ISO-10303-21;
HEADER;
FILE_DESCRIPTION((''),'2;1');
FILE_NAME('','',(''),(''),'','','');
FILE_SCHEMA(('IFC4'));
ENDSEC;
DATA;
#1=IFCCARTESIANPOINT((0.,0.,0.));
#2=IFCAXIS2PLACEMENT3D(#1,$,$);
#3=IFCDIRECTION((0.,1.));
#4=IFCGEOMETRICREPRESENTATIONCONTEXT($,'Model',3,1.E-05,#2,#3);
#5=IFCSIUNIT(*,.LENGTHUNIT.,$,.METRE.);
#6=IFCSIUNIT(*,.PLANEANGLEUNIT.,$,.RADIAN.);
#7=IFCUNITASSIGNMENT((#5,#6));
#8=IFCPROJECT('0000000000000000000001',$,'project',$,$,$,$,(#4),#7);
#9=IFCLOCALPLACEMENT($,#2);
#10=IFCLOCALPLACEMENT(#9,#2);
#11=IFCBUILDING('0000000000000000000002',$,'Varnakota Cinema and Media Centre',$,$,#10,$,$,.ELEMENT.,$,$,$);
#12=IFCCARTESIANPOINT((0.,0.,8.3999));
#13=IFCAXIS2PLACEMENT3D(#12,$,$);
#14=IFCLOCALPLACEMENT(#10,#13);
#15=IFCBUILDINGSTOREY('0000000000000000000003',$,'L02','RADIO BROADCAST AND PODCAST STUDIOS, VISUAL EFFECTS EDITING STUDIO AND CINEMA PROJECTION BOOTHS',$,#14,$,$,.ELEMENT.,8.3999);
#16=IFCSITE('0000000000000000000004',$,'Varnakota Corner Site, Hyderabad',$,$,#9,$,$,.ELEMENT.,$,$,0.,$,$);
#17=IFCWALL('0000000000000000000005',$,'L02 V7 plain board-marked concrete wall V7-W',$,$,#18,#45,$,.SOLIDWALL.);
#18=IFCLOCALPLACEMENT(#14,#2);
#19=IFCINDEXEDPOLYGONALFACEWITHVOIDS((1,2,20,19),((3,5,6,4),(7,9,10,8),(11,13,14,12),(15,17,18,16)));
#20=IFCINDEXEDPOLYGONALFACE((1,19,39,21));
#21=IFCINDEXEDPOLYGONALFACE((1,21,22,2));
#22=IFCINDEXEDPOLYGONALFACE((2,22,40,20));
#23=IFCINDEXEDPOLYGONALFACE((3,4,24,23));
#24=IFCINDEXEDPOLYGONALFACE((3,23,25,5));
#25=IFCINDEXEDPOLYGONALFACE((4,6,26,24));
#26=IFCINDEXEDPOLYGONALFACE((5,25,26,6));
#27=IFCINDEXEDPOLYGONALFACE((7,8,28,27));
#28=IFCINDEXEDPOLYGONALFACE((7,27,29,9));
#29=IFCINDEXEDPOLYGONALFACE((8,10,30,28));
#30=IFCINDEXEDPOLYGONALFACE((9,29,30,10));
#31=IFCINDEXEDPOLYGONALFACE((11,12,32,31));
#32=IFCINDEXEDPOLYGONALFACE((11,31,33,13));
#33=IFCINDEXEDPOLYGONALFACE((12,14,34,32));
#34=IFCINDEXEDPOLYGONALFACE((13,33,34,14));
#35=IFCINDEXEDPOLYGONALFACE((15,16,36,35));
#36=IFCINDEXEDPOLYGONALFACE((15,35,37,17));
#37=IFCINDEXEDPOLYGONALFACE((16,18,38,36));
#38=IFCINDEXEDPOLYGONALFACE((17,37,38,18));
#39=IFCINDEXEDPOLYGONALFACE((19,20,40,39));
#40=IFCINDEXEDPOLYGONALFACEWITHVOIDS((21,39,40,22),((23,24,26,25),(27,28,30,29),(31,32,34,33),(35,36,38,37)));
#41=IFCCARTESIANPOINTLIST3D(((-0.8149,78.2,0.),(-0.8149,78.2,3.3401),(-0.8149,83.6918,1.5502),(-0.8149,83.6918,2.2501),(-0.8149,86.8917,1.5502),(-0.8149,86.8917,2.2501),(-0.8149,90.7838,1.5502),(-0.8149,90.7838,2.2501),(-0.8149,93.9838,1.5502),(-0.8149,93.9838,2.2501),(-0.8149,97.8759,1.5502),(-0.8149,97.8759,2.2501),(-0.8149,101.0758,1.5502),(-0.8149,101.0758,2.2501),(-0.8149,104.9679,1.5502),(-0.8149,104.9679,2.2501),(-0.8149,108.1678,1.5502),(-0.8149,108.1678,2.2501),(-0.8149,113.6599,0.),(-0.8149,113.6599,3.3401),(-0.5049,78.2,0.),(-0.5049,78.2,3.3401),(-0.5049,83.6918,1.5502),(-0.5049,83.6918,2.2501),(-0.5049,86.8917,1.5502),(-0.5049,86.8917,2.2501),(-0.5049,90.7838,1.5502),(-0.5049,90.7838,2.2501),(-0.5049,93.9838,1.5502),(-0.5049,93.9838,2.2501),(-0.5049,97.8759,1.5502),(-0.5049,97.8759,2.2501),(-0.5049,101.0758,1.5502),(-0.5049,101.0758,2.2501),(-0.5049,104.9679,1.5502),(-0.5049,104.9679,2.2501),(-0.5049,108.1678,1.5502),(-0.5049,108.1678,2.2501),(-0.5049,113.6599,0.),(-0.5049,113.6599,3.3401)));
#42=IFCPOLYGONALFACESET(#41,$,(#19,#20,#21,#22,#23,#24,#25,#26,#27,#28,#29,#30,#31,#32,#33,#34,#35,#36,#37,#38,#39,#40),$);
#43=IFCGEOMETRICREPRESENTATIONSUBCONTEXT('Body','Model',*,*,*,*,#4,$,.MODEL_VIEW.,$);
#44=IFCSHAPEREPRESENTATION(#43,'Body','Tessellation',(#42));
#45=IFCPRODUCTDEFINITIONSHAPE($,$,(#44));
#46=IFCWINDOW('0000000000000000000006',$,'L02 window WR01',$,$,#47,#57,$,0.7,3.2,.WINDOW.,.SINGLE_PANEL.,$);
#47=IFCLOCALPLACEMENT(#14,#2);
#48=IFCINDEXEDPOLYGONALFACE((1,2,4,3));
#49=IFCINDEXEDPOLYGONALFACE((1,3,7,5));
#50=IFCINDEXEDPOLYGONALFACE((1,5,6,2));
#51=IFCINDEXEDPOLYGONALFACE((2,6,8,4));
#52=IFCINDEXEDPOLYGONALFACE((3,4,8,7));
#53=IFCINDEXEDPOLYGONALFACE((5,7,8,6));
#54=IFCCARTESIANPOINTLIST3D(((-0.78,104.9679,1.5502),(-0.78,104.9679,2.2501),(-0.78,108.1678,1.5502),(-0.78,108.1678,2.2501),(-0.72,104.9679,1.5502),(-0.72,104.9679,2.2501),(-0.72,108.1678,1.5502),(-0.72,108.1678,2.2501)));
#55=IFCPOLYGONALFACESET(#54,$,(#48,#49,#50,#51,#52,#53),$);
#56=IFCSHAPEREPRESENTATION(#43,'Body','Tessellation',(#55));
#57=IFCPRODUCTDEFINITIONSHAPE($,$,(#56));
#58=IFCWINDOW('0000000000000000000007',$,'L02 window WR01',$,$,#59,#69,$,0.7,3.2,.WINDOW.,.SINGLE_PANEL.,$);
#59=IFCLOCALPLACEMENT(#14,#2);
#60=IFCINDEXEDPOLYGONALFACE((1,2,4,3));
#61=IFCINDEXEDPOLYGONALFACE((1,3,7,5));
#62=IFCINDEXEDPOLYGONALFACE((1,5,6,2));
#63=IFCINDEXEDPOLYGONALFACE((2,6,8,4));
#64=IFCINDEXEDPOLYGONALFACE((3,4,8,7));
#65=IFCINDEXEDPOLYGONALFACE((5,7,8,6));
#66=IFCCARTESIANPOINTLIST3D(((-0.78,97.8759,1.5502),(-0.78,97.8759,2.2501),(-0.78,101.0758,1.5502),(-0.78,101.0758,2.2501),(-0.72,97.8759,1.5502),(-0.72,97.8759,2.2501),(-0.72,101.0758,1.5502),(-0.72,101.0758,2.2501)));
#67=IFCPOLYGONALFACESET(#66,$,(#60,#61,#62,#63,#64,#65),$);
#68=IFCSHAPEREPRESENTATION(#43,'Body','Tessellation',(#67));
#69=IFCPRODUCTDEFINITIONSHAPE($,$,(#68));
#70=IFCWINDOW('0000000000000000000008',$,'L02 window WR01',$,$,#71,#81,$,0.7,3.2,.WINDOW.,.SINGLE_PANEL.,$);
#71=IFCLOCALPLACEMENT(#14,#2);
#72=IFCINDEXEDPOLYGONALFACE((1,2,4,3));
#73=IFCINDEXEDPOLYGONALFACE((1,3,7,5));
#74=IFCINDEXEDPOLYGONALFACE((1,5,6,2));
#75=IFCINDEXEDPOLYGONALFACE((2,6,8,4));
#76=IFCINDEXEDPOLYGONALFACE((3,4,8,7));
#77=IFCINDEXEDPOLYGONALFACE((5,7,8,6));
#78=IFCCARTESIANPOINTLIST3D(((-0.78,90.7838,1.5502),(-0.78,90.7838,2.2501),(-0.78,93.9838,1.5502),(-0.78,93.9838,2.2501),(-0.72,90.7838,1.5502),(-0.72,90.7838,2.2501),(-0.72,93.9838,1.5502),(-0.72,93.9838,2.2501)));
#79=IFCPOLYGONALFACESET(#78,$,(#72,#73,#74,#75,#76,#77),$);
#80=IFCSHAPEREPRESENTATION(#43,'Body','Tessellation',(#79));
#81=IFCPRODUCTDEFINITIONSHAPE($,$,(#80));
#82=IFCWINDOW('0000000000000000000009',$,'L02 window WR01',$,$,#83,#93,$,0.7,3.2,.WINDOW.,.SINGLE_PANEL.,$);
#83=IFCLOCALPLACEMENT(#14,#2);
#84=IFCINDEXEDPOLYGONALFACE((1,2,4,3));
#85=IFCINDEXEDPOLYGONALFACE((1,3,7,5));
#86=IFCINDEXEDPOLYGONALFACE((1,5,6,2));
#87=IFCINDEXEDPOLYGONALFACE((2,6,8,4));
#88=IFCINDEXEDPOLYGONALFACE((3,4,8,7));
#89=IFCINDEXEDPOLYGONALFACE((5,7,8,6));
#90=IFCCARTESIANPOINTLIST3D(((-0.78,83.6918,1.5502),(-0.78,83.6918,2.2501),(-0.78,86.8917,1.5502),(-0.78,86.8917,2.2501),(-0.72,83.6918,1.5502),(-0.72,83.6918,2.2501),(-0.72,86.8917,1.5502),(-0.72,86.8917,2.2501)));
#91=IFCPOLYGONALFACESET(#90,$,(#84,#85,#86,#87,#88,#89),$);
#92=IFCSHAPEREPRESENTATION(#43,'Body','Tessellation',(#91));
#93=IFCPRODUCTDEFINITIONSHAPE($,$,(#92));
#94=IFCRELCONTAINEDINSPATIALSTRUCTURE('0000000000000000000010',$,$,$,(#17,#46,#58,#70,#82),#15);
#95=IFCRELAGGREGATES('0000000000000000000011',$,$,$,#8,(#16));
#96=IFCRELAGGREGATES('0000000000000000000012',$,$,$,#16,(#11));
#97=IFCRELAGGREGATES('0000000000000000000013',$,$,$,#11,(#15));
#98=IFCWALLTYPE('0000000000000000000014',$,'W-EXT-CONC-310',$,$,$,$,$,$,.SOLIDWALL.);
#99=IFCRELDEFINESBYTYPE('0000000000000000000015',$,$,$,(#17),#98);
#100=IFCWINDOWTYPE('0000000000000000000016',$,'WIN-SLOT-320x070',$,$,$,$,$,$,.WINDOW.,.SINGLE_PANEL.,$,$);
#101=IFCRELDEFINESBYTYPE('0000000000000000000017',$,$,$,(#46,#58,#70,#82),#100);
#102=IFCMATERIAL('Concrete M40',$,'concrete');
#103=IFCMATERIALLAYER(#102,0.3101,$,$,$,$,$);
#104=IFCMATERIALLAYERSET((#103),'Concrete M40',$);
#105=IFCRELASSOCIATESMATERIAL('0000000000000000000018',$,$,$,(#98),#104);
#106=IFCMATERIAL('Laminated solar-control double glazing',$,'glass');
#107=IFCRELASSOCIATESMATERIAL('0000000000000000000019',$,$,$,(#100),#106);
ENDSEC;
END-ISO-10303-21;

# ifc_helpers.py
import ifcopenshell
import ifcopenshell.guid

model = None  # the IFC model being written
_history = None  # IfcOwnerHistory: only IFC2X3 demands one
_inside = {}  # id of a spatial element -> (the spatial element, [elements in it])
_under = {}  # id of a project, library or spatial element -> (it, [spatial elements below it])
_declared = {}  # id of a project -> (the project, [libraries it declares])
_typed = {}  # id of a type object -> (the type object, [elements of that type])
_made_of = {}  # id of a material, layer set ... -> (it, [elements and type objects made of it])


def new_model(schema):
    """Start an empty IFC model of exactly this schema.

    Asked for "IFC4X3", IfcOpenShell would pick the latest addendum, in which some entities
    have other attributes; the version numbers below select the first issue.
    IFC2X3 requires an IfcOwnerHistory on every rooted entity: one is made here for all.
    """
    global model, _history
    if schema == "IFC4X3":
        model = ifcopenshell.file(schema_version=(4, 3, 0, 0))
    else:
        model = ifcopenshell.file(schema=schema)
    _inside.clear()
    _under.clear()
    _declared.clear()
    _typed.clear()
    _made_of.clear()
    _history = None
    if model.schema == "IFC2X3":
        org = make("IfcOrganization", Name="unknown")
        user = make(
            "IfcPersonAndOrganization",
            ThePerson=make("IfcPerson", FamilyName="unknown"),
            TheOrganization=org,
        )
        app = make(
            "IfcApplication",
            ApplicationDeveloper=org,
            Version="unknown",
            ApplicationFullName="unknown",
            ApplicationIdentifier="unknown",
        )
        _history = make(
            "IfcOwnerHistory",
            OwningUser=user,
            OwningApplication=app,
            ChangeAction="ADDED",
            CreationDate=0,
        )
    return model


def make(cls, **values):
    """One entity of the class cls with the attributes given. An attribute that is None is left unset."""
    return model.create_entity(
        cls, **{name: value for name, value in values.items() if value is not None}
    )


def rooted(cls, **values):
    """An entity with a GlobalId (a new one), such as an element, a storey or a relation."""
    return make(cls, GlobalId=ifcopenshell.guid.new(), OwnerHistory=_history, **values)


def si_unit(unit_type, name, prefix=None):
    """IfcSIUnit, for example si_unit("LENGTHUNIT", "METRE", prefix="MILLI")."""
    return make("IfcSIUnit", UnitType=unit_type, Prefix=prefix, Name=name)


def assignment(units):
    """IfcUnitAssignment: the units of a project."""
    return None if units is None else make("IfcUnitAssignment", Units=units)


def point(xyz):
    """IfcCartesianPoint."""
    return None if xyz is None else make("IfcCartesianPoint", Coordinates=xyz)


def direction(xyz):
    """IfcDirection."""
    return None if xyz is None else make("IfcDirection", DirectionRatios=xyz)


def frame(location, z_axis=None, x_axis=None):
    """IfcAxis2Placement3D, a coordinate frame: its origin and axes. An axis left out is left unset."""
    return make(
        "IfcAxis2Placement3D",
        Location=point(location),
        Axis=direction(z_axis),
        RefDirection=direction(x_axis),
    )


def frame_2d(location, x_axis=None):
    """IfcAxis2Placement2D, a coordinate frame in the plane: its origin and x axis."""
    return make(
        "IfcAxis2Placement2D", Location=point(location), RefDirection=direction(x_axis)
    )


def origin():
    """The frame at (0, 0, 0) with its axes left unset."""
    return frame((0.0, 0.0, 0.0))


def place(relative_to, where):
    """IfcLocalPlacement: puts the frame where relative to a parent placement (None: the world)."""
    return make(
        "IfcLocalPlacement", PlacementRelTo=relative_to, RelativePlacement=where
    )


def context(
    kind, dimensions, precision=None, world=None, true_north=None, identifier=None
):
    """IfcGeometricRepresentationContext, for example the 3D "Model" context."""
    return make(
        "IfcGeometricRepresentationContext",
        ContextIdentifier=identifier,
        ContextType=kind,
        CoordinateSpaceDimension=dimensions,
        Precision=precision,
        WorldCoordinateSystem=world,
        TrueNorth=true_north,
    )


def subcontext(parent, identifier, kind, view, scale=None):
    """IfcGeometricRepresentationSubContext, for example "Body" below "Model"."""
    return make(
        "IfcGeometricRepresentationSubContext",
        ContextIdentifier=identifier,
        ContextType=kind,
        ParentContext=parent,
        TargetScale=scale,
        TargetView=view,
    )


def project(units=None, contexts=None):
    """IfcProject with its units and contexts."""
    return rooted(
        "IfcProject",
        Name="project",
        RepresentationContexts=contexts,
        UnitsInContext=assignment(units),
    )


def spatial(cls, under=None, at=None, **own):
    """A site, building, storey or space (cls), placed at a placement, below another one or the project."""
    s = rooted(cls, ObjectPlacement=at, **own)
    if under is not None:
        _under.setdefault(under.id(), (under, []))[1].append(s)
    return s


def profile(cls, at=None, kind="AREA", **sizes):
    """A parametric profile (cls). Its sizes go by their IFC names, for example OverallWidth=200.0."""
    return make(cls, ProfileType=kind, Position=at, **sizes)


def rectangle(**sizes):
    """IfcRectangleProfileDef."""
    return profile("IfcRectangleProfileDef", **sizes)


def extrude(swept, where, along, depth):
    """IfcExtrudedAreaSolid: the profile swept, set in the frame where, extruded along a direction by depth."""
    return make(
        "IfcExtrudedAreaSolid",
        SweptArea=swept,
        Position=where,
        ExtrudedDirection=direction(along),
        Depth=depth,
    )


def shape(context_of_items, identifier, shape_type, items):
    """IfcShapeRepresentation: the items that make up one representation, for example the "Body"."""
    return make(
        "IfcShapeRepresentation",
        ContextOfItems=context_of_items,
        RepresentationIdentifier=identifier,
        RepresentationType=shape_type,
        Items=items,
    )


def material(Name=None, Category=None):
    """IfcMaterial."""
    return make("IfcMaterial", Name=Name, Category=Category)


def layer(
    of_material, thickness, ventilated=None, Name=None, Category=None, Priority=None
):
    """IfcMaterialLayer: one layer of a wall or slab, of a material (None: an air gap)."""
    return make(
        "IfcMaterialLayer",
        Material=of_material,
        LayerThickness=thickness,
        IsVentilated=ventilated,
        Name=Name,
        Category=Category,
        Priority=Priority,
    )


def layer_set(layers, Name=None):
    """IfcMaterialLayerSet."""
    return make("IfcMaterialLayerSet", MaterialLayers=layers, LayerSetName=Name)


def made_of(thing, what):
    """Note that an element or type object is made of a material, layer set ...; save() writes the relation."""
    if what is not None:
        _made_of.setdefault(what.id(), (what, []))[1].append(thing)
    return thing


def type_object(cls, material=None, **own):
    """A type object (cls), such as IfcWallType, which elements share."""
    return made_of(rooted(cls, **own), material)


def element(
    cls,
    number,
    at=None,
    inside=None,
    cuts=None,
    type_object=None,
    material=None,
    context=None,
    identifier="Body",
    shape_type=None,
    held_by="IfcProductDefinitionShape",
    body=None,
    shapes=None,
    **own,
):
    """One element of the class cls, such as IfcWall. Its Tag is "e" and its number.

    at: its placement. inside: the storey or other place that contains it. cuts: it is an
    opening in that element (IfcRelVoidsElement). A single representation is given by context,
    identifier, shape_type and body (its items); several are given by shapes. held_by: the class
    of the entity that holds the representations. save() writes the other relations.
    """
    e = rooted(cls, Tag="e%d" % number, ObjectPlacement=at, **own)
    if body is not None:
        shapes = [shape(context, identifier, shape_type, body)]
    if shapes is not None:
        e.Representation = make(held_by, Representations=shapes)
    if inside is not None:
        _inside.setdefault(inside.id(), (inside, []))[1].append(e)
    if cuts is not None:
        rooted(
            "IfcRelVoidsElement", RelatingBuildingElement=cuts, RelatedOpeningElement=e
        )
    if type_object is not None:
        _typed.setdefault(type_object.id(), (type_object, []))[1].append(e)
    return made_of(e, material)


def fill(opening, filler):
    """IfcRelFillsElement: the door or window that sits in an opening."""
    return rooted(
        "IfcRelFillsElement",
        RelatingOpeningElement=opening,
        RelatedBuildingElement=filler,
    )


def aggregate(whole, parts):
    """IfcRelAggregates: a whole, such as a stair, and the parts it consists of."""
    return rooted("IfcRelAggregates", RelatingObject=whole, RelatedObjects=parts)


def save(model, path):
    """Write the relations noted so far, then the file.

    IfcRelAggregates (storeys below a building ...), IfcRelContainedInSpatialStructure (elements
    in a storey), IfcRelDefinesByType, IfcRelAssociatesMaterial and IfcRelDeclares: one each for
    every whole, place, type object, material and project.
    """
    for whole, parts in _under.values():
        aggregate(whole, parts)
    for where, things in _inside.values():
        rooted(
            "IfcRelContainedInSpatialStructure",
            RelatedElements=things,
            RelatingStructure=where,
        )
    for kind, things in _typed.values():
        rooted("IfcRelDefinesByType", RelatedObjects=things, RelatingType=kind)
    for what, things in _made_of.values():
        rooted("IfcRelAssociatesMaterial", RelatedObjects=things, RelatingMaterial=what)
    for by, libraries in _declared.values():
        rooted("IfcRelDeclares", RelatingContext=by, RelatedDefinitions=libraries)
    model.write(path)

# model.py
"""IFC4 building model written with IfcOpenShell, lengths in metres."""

from ifc_helpers import new_model, si_unit, direction, frame, frame_2d, origin, place, context, subcontext, project, spatial, rectangle, extrude, material, layer, layer_set, type_object, element, fill, save


model = new_model("IFC4")

# Units and contexts
model_context = context("Model", 3, precision=1e-05, world=origin(), true_north=direction((0.0, 1.0)))
body_context = subcontext(model_context, "Body", "Model", "MODEL_VIEW")
ifc_project = project(units=[si_unit("LENGTHUNIT", "METRE"), si_unit("PLANEANGLEUNIT", "RADIAN")], contexts=[model_context])

# Site, building, storey
site_placement = place(None, origin())
site = spatial("IfcSite", under=ifc_project, at=site_placement, Name="Varnakota Corner Site, Hyderabad", CompositionType="ELEMENT", RefElevation=0.0)
building_placement = place(site_placement, origin())
building = spatial("IfcBuilding", under=site, at=building_placement, Name="Varnakota Cinema and Media Centre", CompositionType="ELEMENT")
storey_placement = place(building_placement, frame((0.0, 0.0, 8.3999)))
storey = spatial("IfcBuildingStorey", under=building, at=storey_placement, Name="L02", Description="RADIO BROADCAST AND PODCAST STUDIOS, VISUAL EFFECTS EDITING STUDIO AND CINEMA PROJECTION BOOTHS", CompositionType="ELEMENT", Elevation=8.3999)

# Wall, openings, windows
ifc_material_1 = material(Name="Concrete M40", Category="concrete")
ifc_layer_1 = layer(ifc_material_1, 0.3101)
ifc_layer_set_1 = layer_set([ifc_layer_1], Name="Concrete M40")
wall_type_1 = type_object("IfcWallType", Name="W-EXT-CONC-310", PredefinedType="SOLIDWALL", material=ifc_layer_set_1)
ifc_material_2 = material(Name="Laminated solar-control double glazing", Category="glass")
window_type = type_object("IfcWindowType", Name="WIN-SLOT-320x070", PartitioningType="SINGLE_PANEL", PredefinedType="WINDOW", material=ifc_material_2)
wall_1_placement = place(storey_placement, frame((-0.6599, 113.6599, 0.0), z_axis=(0.0, 0.0, 1.0), x_axis=(0.0, -1.0, 0.0)))
wall_1 = element("IfcWall", 1, at=wall_1_placement, inside=storey, type_object=wall_type_1, Name="L02 V7 plain board-marked concrete wall V7-W", PredefinedType="SOLIDWALL", context=body_context, shape_type="SweptSolid", body=[
    extrude(rectangle(XDim=35.46, YDim=0.3101, at=frame_2d((17.73, 0.0))), origin(), (0.0, 0.0, 1.0), 3.3401),
])
opening_1_placement = place(wall_1_placement, frame((5.4919, 0.0, 1.55)))
opening_1 = element("IfcOpeningElement", 2, at=opening_1_placement, cuts=wall_1, PredefinedType="OPENING", context=body_context, shape_type="SweptSolid", body=[
    extrude(rectangle(XDim=3.2, YDim=0.7, at=frame_2d((1.6001, 0.3501))), frame((0.0, 0.155, 0.0), z_axis=(0.0, -1.0, 0.0), x_axis=(1.0, 0.0, 0.0)), (0.0, 0.0, 1.0), 0.3101),
])
opening_2_placement = place(wall_1_placement, frame((12.584, 0.0, 1.55)))
opening_2 = element("IfcOpeningElement", 3, at=opening_2_placement, cuts=wall_1, PredefinedType="OPENING", context=body_context, shape_type="SweptSolid", body=[
    extrude(rectangle(XDim=3.2, YDim=0.7, at=frame_2d((1.6001, 0.3501))), frame((0.0, 0.155, 0.0), z_axis=(0.0, -1.0, 0.0), x_axis=(1.0, 0.0, 0.0)), (0.0, 0.0, 1.0), 0.3101),
])
opening_3_placement = place(wall_1_placement, frame((19.676, 0.0, 1.55)))
opening_3 = element("IfcOpeningElement", 4, at=opening_3_placement, cuts=wall_1, PredefinedType="OPENING", context=body_context, shape_type="SweptSolid", body=[
    extrude(rectangle(XDim=3.2, YDim=0.7, at=frame_2d((1.6001, 0.3501))), frame((0.0, 0.155, 0.0), z_axis=(0.0, -1.0, 0.0), x_axis=(1.0, 0.0, 0.0)), (0.0, 0.0, 1.0), 0.3101),
])
opening_4_placement = place(wall_1_placement, frame((26.7681, 0.0, 1.55)))
opening_4 = element("IfcOpeningElement", 5, at=opening_4_placement, cuts=wall_1, PredefinedType="OPENING", context=body_context, shape_type="SweptSolid", body=[
    extrude(rectangle(XDim=3.2, YDim=0.7, at=frame_2d((1.6001, 0.3501))), frame((0.0, 0.155, 0.0), z_axis=(0.0, -1.0, 0.0), x_axis=(1.0, 0.0, 0.0)), (0.0, 0.0, 1.0), 0.3101),
])
window_1_placement = place(opening_1_placement, origin())
window_1 = element("IfcWindow", 6, at=window_1_placement, inside=storey, type_object=window_type, Name="L02 window WR01", OverallHeight=0.7, OverallWidth=3.2, PartitioningType="SINGLE_PANEL", PredefinedType="WINDOW", context=body_context, shape_type="SweptSolid", body=[
    extrude(rectangle(XDim=3.2, YDim=0.7, at=frame_2d((1.6001, 0.3501))), frame((0.0, -0.0601, 0.0), z_axis=(0.0, -1.0, 0.0), x_axis=(1.0, 0.0, 0.0)), (0.0, 0.0, 1.0), 0.0601),
])
fill(opening_1, window_1)
window_2_placement = place(opening_2_placement, origin())
window_2 = element("IfcWindow", 7, at=window_2_placement, inside=storey, type_object=window_type, Name="L02 window WR01", OverallHeight=0.7, OverallWidth=3.2, PartitioningType="SINGLE_PANEL", PredefinedType="WINDOW", context=body_context, shape_type="SweptSolid", body=[
    extrude(rectangle(XDim=3.2, YDim=0.7, at=frame_2d((1.6001, 0.3501))), frame((0.0, -0.0601, 0.0), z_axis=(0.0, -1.0, 0.0), x_axis=(1.0, 0.0, 0.0)), (0.0, 0.0, 1.0), 0.0601),
])
fill(opening_2, window_2)
window_3_placement = place(opening_3_placement, origin())
window_3 = element("IfcWindow", 8, at=window_3_placement, inside=storey, type_object=window_type, Name="L02 window WR01", OverallHeight=0.7, OverallWidth=3.2, PartitioningType="SINGLE_PANEL", PredefinedType="WINDOW", context=body_context, shape_type="SweptSolid", body=[
    extrude(rectangle(XDim=3.2, YDim=0.7, at=frame_2d((1.6001, 0.3501))), frame((0.0, -0.0601, 0.0), z_axis=(0.0, -1.0, 0.0), x_axis=(1.0, 0.0, 0.0)), (0.0, 0.0, 1.0), 0.0601),
])
fill(opening_3, window_3)
window_4_placement = place(opening_4_placement, origin())
window_4 = element("IfcWindow", 9, at=window_4_placement, inside=storey, type_object=window_type, Name="L02 window WR01", OverallHeight=0.7, OverallWidth=3.2, PartitioningType="SINGLE_PANEL", PredefinedType="WINDOW", context=body_context, shape_type="SweptSolid", body=[
    extrude(rectangle(XDim=3.2, YDim=0.7, at=frame_2d((1.6001, 0.3501))), frame((0.0, -0.0601, 0.0), z_axis=(0.0, -1.0, 0.0), x_axis=(1.0, 0.0, 0.0)), (0.0, 0.0, 1.0), 0.0601),
])
fill(opening_4, window_4)

save(model, "model.ifc")
